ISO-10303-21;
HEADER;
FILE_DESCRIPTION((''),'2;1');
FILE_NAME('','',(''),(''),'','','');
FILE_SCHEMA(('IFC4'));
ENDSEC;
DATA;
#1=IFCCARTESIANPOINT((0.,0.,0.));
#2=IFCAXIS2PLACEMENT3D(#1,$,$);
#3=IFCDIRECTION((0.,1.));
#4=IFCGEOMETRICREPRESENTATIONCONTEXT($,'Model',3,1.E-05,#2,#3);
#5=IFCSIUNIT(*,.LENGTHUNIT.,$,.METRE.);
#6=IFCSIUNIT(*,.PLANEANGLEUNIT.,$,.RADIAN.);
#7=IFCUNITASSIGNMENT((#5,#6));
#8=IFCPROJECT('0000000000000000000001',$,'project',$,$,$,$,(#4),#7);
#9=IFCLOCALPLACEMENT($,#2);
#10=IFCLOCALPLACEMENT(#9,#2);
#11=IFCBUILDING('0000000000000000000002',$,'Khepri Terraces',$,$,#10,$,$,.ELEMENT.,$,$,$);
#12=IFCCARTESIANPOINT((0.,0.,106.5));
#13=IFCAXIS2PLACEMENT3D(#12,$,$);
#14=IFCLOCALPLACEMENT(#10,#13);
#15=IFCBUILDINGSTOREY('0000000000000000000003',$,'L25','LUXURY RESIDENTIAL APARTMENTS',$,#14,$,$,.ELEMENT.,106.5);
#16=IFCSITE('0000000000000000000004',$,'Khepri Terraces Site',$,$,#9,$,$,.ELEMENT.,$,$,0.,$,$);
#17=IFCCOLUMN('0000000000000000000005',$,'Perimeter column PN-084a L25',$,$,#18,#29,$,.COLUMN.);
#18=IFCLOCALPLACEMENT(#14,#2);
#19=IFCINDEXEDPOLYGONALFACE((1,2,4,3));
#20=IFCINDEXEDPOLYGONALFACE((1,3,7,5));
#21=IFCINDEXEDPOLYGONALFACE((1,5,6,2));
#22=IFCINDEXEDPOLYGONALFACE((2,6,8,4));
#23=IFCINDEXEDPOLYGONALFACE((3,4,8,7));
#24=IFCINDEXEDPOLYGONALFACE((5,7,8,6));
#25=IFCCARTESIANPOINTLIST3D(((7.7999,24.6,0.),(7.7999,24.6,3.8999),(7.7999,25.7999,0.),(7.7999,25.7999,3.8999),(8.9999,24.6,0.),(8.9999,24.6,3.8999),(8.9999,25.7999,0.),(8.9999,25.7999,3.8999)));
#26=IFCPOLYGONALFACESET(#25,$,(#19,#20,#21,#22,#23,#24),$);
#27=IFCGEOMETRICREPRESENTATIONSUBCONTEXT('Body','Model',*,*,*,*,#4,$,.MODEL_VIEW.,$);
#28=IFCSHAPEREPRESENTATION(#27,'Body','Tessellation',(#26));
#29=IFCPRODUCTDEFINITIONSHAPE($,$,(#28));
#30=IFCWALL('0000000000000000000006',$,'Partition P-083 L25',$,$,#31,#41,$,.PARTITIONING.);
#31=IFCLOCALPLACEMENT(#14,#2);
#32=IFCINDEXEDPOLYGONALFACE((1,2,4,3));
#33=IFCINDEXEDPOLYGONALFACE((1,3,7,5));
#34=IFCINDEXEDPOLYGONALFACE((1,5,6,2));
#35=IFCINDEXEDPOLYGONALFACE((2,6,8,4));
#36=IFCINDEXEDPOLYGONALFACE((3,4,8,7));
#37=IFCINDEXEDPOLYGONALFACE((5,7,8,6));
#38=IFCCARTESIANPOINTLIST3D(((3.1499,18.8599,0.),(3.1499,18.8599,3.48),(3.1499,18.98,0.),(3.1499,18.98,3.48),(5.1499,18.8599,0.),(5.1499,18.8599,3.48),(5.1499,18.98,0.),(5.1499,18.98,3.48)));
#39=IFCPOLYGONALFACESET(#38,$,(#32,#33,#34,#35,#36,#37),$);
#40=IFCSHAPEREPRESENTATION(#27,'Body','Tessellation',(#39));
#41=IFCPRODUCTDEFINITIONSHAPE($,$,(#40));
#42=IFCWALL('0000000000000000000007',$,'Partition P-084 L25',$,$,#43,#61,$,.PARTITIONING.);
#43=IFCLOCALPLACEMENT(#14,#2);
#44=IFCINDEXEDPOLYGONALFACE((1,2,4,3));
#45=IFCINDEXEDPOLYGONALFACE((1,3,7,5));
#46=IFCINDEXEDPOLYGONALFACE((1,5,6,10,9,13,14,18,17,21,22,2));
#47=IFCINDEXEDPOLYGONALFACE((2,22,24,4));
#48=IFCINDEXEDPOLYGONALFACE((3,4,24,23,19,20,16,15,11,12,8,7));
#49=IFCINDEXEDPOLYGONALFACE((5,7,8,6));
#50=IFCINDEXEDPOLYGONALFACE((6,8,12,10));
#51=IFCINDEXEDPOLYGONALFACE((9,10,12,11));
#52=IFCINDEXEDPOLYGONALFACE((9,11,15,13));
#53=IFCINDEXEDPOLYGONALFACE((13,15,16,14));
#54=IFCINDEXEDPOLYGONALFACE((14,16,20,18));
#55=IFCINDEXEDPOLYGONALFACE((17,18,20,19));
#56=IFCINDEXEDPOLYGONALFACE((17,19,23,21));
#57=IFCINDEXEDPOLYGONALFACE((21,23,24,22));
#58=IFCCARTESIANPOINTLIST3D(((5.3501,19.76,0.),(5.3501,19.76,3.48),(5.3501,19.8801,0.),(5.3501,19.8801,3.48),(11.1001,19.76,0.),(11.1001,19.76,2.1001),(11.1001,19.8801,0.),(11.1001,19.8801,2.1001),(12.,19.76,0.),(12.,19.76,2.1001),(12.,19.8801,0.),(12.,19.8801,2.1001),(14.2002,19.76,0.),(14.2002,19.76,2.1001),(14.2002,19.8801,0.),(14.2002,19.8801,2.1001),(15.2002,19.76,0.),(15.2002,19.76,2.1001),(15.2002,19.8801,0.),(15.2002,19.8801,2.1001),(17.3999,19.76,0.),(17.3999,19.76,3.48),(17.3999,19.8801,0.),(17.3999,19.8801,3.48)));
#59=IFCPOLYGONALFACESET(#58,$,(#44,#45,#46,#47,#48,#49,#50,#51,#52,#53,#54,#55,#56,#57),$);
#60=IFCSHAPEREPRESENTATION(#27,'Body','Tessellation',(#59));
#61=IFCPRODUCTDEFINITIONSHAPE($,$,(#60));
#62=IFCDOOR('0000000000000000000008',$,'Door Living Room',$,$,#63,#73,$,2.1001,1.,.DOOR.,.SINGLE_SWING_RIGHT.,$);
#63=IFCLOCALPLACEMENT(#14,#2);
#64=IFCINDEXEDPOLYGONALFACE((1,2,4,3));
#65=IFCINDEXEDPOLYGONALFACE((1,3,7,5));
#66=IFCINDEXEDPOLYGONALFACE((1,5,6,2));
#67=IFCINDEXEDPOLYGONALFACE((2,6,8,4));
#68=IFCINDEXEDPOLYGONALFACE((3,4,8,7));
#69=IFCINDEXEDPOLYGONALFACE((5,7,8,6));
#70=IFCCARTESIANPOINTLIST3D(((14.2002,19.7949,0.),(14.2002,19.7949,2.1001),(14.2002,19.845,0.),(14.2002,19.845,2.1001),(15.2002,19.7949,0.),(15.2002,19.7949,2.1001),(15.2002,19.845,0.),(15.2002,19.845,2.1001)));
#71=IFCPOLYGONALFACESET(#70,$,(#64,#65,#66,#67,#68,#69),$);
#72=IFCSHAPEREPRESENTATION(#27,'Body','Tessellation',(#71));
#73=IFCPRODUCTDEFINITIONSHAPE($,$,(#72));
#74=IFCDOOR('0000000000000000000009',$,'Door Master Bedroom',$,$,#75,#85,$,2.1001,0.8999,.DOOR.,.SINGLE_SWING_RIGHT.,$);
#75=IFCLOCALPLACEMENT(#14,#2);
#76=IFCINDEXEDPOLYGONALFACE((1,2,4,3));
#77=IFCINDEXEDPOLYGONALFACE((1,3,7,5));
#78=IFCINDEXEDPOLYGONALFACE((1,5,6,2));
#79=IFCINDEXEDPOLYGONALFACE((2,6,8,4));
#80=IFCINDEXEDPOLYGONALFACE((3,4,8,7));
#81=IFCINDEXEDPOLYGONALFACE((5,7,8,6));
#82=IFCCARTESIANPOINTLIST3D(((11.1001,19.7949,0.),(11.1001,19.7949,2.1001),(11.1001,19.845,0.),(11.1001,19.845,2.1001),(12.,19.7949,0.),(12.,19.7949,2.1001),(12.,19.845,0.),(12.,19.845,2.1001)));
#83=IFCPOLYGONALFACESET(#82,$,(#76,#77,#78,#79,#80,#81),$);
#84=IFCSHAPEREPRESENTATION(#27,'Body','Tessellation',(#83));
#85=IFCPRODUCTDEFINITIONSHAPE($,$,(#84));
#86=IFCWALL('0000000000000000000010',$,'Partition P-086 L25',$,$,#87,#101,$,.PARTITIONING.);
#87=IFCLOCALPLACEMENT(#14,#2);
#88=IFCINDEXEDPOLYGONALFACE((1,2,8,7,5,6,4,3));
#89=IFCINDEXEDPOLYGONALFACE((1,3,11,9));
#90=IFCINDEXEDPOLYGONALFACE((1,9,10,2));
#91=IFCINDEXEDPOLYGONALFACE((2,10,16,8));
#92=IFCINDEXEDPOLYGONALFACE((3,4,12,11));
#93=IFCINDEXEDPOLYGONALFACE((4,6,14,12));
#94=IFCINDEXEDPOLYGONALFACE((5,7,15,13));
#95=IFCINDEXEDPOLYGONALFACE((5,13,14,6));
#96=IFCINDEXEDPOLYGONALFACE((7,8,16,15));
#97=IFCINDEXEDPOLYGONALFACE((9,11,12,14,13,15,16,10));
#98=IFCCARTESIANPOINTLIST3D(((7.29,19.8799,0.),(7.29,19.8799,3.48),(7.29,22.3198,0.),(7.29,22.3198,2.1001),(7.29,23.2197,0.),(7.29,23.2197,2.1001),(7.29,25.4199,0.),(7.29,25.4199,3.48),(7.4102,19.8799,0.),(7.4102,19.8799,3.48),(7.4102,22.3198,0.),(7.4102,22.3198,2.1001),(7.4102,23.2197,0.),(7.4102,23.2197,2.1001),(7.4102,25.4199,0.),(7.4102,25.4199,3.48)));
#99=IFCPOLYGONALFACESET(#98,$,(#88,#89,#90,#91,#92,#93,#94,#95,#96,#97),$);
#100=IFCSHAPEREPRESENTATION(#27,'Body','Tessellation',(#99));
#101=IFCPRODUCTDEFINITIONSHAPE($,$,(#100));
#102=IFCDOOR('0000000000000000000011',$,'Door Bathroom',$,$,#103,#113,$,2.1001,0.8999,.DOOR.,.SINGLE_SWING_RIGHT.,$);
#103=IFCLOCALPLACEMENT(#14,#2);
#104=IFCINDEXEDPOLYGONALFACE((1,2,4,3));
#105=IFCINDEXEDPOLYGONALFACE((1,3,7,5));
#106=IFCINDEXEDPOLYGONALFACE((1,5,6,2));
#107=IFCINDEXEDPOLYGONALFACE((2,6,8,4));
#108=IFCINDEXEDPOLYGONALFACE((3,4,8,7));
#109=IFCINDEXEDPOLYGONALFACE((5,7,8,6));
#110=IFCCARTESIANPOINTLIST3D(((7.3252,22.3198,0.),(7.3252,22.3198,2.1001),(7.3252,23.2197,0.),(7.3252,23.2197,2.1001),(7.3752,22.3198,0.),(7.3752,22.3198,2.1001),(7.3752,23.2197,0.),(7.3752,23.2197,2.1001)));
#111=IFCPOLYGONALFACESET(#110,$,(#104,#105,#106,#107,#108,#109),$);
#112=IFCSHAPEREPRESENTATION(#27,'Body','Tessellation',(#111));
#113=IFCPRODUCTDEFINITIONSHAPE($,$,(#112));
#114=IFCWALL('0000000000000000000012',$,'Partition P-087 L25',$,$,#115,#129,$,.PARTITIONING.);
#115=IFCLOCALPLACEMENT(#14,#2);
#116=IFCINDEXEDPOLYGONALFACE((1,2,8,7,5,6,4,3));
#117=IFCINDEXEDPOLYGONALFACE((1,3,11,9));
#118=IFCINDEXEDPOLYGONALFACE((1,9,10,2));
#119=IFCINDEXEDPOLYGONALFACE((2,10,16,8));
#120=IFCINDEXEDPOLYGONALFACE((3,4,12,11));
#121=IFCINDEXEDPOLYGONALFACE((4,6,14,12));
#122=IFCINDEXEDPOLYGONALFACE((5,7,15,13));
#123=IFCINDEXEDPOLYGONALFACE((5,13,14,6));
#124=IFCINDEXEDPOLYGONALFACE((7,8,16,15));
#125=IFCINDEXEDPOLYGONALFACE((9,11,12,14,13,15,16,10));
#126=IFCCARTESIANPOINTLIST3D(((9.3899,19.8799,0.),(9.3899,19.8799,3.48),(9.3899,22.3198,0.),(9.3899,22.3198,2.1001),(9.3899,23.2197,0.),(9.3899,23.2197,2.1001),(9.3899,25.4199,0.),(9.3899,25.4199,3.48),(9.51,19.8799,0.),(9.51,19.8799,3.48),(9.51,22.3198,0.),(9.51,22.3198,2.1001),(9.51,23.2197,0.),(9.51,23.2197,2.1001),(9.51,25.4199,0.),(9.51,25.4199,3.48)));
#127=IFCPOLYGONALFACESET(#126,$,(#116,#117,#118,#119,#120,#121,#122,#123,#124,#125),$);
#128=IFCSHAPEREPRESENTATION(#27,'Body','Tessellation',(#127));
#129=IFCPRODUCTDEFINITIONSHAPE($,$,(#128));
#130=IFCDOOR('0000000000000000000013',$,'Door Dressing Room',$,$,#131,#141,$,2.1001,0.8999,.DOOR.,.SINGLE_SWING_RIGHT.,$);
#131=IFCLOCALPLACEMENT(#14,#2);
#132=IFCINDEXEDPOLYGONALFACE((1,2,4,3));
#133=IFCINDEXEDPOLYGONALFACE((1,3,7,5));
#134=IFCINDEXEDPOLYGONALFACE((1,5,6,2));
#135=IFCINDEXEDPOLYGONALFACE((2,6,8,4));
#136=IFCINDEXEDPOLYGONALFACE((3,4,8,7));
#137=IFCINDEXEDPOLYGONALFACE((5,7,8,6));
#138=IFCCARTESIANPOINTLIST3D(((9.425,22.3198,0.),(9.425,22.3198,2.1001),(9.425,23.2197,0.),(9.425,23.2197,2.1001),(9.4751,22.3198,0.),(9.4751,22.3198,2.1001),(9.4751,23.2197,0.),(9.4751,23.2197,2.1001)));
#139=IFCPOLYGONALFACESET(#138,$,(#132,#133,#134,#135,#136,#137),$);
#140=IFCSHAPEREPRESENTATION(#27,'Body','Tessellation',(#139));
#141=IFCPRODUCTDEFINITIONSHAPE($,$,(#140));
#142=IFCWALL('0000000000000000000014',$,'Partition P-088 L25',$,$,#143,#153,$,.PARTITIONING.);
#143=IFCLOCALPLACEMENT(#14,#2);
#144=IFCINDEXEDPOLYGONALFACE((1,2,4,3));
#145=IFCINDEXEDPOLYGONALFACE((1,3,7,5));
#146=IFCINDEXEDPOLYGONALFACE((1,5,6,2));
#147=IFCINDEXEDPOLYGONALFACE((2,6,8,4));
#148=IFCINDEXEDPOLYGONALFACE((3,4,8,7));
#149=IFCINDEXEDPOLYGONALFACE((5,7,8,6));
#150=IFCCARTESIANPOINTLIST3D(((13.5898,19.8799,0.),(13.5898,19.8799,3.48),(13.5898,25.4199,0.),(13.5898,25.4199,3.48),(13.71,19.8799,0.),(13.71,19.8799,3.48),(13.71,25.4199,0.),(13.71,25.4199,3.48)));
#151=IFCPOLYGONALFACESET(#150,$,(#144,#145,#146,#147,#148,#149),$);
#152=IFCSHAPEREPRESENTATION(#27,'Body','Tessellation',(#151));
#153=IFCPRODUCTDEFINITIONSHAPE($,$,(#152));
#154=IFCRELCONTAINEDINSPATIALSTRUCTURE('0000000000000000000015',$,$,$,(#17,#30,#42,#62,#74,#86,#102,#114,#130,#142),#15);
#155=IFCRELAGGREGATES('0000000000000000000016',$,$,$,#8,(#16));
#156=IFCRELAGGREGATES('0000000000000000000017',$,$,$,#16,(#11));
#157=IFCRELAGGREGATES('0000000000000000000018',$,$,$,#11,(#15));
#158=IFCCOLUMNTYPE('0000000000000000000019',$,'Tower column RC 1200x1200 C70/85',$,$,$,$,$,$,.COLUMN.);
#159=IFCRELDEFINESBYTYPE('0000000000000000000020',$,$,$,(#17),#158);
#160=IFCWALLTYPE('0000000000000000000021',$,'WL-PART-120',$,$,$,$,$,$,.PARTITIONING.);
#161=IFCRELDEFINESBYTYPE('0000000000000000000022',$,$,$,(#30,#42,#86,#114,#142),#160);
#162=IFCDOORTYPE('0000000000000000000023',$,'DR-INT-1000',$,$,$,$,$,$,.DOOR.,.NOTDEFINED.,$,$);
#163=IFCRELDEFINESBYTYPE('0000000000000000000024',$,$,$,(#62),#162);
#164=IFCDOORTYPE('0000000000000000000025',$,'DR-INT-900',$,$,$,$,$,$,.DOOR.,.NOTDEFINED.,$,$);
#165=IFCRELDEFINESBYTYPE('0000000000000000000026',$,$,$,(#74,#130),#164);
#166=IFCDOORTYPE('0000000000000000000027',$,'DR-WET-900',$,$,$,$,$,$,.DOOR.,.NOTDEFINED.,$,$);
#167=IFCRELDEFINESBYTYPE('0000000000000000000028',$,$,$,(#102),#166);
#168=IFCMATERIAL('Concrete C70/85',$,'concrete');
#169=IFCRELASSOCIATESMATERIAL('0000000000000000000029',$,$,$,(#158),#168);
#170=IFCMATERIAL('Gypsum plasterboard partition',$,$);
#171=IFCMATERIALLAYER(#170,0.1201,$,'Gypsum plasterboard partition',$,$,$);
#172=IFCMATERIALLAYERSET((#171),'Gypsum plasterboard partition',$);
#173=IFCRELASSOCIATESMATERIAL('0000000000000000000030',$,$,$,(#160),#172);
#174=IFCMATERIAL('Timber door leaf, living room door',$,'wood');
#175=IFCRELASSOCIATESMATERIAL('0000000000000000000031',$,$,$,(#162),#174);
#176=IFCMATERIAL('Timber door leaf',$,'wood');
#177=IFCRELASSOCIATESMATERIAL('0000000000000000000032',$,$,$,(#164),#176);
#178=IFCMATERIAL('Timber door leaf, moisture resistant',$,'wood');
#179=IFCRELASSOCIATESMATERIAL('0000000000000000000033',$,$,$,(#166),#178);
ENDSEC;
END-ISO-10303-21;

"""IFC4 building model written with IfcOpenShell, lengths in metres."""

from ifc_helpers import new_model, si_unit, direction, frame, frame_2d, origin, origin_2d, place, context, subcontext, project, spatial, rectangle, extrude, material, layer, layer_set, material_profile, profile_set, type_object, element, fill, save


model = new_model("IFC4")

# Units and contexts
model_context = context("Model", 3, precision=1e-05, world=origin(), true_north=direction((0.0, 1.0)))
body_context = subcontext(model_context, "Body", "Model", "MODEL_VIEW")
ifc_project = project(units=[si_unit("LENGTHUNIT", "METRE"), si_unit("PLANEANGLEUNIT", "RADIAN")], contexts=[model_context])

# Site, building, storey
site_placement = place(None, origin())
site = spatial("IfcSite", under=ifc_project, at=site_placement, Name="Khepri Terraces Site", CompositionType="ELEMENT", RefElevation=0.0)
building_placement = place(site_placement, origin())
building = spatial("IfcBuilding", under=site, at=building_placement, Name="Khepri Terraces", CompositionType="ELEMENT")
storey_placement = place(building_placement, frame((0.0, 0.0, 106.5)))
storey = spatial("IfcBuildingStorey", under=building, at=storey_placement, Name="L25", Description="LUXURY RESIDENTIAL APARTMENTS", CompositionType="ELEMENT", Elevation=106.5)

# Column
ifc_material_1 = material(Name="Concrete C70/85", Category="concrete")
ifc_material_profile = material_profile(ifc_material_1, rectangle(XDim=1.2, YDim=1.2, at=origin_2d()), Name="Concrete C70/85", Category="concrete")
ifc_profile_set = profile_set([ifc_material_profile], Name="Concrete C70/85")
column_type = type_object("IfcColumnType", Name="Tower column RC 1200x1200 C70/85", PredefinedType="COLUMN", material=ifc_profile_set)
column_placement = place(storey_placement, frame((8.3999, 25.2, 0.0), z_axis=(0.0, 0.0, 1.0), x_axis=(1.0, 0.0, 0.0)))
element("IfcColumn", 1, at=column_placement, inside=storey, type_object=column_type, Name="Perimeter column PN-084a L25", PredefinedType="COLUMN", context=body_context, shape_type="SweptSolid", body=[
    extrude(rectangle(XDim=1.2, YDim=1.2, at=origin_2d()), origin(), (0.0, 0.0, 1.0), 3.8999),
])

# Wall
ifc_material_2 = material(Name="Gypsum plasterboard partition")
ifc_layer_1 = layer(ifc_material_2, 0.1201, Name="Gypsum plasterboard partition")
ifc_layer_set_1 = layer_set([ifc_layer_1], Name="Gypsum plasterboard partition")
wall_type_1 = type_object("IfcWallType", Name="WL-PART-120", PredefinedType="PARTITIONING", material=ifc_layer_set_1)
wall_1_placement = place(storey_placement, frame((3.1499, 18.9199, 0.0), z_axis=(0.0, 0.0, 1.0), x_axis=(1.0, 0.0, 0.0)))
element("IfcWall", 2, at=wall_1_placement, inside=storey, type_object=wall_type_1, Name="Partition P-083 L25", PredefinedType="PARTITIONING", context=body_context, shape_type="SweptSolid", body=[
    extrude(rectangle(XDim=2.0, YDim=0.1201, at=frame_2d((1.0, 0.0))), origin(), (0.0, 0.0, 1.0), 3.48),
])

# Wall, openings, doors
wall_2_placement = place(storey_placement, frame((5.3501, 19.8201, 0.0), z_axis=(0.0, 0.0, 1.0), x_axis=(1.0, 0.0, 0.0)))
wall_2 = element("IfcWall", 3, at=wall_2_placement, inside=storey, type_object=wall_type_1, Name="Partition P-084 L25", PredefinedType="PARTITIONING", context=body_context, shape_type="SweptSolid", body=[
    extrude(rectangle(XDim=12.0498, YDim=0.1201, at=frame_2d((6.0249, 0.0))), origin(), (0.0, 0.0, 1.0), 3.48),
])
opening_1_placement = place(wall_2_placement, frame((8.8501, 0.0, 0.0)))
opening_1 = element("IfcOpeningElement", 4, at=opening_1_placement, cuts=wall_2, PredefinedType="OPENING", context=body_context, shape_type="SweptSolid", body=[
    extrude(rectangle(XDim=1.0, YDim=2.1001, at=frame_2d((0.5, 1.05))), frame((0.0, 0.0701, 0.0), z_axis=(0.0, -1.0, 0.0), x_axis=(1.0, 0.0, 0.0)), (0.0, 0.0, 1.0), 0.1401),
])
opening_2_placement = place(wall_2_placement, frame((5.75, 0.0, 0.0)))
opening_2 = element("IfcOpeningElement", 5, at=opening_2_placement, cuts=wall_2, PredefinedType="OPENING", context=body_context, shape_type="SweptSolid", body=[
    extrude(rectangle(XDim=0.8999, YDim=2.1001, at=frame_2d((0.45, 1.05))), frame((0.0, 0.0701, 0.0), z_axis=(0.0, -1.0, 0.0), x_axis=(1.0, 0.0, 0.0)), (0.0, 0.0, 1.0), 0.1401),
])
ifc_material_3 = material(Name="Timber door leaf, living room door", Category="wood")
door_type_1 = type_object("IfcDoorType", Name="DR-INT-1000", OperationType="NOTDEFINED", PredefinedType="DOOR", material=ifc_material_3)
door_1_placement = place(opening_1_placement, origin())
door_1 = element("IfcDoor", 6, at=door_1_placement, inside=storey, type_object=door_type_1, Name="Door Living Room", OperationType="SINGLE_SWING_RIGHT", OverallHeight=2.1001, OverallWidth=1.0, PredefinedType="DOOR", context=body_context, shape_type="SweptSolid", body=[
    extrude(rectangle(XDim=1.0, YDim=2.1001, at=frame_2d((0.5, 1.05))), frame((0.0, 0.0249, 0.0), z_axis=(0.0, -1.0, 0.0), x_axis=(1.0, 0.0, 0.0)), (0.0, 0.0, 1.0), 0.05),
])
fill(opening_1, door_1)
ifc_material_4 = material(Name="Timber door leaf", Category="wood")
door_type_2 = type_object("IfcDoorType", Name="DR-INT-900", OperationType="NOTDEFINED", PredefinedType="DOOR", material=ifc_material_4)
door_2_placement = place(opening_2_placement, origin())
door_2 = element("IfcDoor", 7, at=door_2_placement, inside=storey, type_object=door_type_2, Name="Door Master Bedroom", OperationType="SINGLE_SWING_RIGHT", OverallHeight=2.1001, OverallWidth=0.8999, PredefinedType="DOOR", context=body_context, shape_type="SweptSolid", body=[
    extrude(rectangle(XDim=0.8999, YDim=2.1001, at=frame_2d((0.45, 1.05))), frame((0.0, 0.0249, 0.0), z_axis=(0.0, -1.0, 0.0), x_axis=(1.0, 0.0, 0.0)), (0.0, 0.0, 1.0), 0.05),
])
fill(opening_2, door_2)

# Walls, openings, doors
wall_3_placement = place(storey_placement, frame((7.3501, 19.8799, 0.0), z_axis=(0.0, 0.0, 1.0), x_axis=(0.0, 1.0, 0.0)))
wall_3 = element("IfcWall", 8, at=wall_3_placement, inside=storey, type_object=wall_type_1, Name="Partition P-086 L25", PredefinedType="PARTITIONING", context=body_context, shape_type="SweptSolid", body=[
    extrude(rectangle(XDim=5.54, YDim=0.1201, at=frame_2d((2.77, 0.0))), origin(), (0.0, 0.0, 1.0), 3.48),
])
opening_3_placement = place(wall_3_placement, frame((2.4399, 0.0, 0.0)))
opening_3 = element("IfcOpeningElement", 9, at=opening_3_placement, cuts=wall_3, PredefinedType="OPENING", context=body_context, shape_type="SweptSolid", body=[
    extrude(rectangle(XDim=0.8999, YDim=2.1001, at=frame_2d((0.45, 1.05))), frame((0.0, 0.0701, 0.0), z_axis=(0.0, -1.0, 0.0), x_axis=(1.0, 0.0, 0.0)), (0.0, 0.0, 1.0), 0.1401),
])
ifc_material_5 = material(Name="Timber door leaf, moisture resistant", Category="wood")
door_type_3 = type_object("IfcDoorType", Name="DR-WET-900", OperationType="NOTDEFINED", PredefinedType="DOOR", material=ifc_material_5)
door_3_placement = place(opening_3_placement, origin())
door_3 = element("IfcDoor", 10, at=door_3_placement, inside=storey, type_object=door_type_3, Name="Door Bathroom", OperationType="SINGLE_SWING_RIGHT", OverallHeight=2.1001, OverallWidth=0.8999, PredefinedType="DOOR", context=body_context, shape_type="SweptSolid", body=[
    extrude(rectangle(XDim=0.8999, YDim=2.1001, at=frame_2d((0.45, 1.05))), frame((0.0, 0.0249, 0.0), z_axis=(0.0, -1.0, 0.0), x_axis=(1.0, 0.0, 0.0)), (0.0, 0.0, 1.0), 0.05),
])
fill(opening_3, door_3)
wall_4_placement = place(storey_placement, frame((9.45, 19.8799, 0.0), z_axis=(0.0, 0.0, 1.0), x_axis=(0.0, 1.0, 0.0)))
wall_4 = element("IfcWall", 11, at=wall_4_placement, inside=storey, type_object=wall_type_1, Name="Partition P-087 L25", PredefinedType="PARTITIONING", context=body_context, shape_type="SweptSolid", body=[
    extrude(rectangle(XDim=5.54, YDim=0.1201, at=frame_2d((2.77, 0.0))), origin(), (0.0, 0.0, 1.0), 3.48),
])
opening_4_placement = place(wall_4_placement, frame((2.4399, 0.0, 0.0)))
opening_4 = element("IfcOpeningElement", 12, at=opening_4_placement, cuts=wall_4, PredefinedType="OPENING", context=body_context, shape_type="SweptSolid", body=[
    extrude(rectangle(XDim=0.8999, YDim=2.1001, at=frame_2d((0.45, 1.05))), frame((0.0, 0.0701, 0.0), z_axis=(0.0, -1.0, 0.0), x_axis=(1.0, 0.0, 0.0)), (0.0, 0.0, 1.0), 0.1401),
])
door_4_placement = place(opening_4_placement, origin())
door_4 = element("IfcDoor", 13, at=door_4_placement, inside=storey, type_object=door_type_2, Name="Door Dressing Room", OperationType="SINGLE_SWING_RIGHT", OverallHeight=2.1001, OverallWidth=0.8999, PredefinedType="DOOR", context=body_context, shape_type="SweptSolid", body=[
    extrude(rectangle(XDim=0.8999, YDim=2.1001, at=frame_2d((0.45, 1.05))), frame((0.0, 0.0249, 0.0), z_axis=(0.0, -1.0, 0.0), x_axis=(1.0, 0.0, 0.0)), (0.0, 0.0, 1.0), 0.05),
])
fill(opening_4, door_4)

# Wall
wall_5_placement = place(storey_placement, frame((13.6499, 19.8799, 0.0), z_axis=(0.0, 0.0, 1.0), x_axis=(0.0, 1.0, 0.0)))
element("IfcWall", 14, at=wall_5_placement, inside=storey, type_object=wall_type_1, Name="Partition P-088 L25", PredefinedType="PARTITIONING", context=body_context, shape_type="SweptSolid", body=[
    extrude(rectangle(XDim=5.54, YDim=0.1201, at=frame_2d((2.77, 0.0))), origin(), (0.0, 0.0, 1.0), 3.48),
])

save(model, "model.ifc")
